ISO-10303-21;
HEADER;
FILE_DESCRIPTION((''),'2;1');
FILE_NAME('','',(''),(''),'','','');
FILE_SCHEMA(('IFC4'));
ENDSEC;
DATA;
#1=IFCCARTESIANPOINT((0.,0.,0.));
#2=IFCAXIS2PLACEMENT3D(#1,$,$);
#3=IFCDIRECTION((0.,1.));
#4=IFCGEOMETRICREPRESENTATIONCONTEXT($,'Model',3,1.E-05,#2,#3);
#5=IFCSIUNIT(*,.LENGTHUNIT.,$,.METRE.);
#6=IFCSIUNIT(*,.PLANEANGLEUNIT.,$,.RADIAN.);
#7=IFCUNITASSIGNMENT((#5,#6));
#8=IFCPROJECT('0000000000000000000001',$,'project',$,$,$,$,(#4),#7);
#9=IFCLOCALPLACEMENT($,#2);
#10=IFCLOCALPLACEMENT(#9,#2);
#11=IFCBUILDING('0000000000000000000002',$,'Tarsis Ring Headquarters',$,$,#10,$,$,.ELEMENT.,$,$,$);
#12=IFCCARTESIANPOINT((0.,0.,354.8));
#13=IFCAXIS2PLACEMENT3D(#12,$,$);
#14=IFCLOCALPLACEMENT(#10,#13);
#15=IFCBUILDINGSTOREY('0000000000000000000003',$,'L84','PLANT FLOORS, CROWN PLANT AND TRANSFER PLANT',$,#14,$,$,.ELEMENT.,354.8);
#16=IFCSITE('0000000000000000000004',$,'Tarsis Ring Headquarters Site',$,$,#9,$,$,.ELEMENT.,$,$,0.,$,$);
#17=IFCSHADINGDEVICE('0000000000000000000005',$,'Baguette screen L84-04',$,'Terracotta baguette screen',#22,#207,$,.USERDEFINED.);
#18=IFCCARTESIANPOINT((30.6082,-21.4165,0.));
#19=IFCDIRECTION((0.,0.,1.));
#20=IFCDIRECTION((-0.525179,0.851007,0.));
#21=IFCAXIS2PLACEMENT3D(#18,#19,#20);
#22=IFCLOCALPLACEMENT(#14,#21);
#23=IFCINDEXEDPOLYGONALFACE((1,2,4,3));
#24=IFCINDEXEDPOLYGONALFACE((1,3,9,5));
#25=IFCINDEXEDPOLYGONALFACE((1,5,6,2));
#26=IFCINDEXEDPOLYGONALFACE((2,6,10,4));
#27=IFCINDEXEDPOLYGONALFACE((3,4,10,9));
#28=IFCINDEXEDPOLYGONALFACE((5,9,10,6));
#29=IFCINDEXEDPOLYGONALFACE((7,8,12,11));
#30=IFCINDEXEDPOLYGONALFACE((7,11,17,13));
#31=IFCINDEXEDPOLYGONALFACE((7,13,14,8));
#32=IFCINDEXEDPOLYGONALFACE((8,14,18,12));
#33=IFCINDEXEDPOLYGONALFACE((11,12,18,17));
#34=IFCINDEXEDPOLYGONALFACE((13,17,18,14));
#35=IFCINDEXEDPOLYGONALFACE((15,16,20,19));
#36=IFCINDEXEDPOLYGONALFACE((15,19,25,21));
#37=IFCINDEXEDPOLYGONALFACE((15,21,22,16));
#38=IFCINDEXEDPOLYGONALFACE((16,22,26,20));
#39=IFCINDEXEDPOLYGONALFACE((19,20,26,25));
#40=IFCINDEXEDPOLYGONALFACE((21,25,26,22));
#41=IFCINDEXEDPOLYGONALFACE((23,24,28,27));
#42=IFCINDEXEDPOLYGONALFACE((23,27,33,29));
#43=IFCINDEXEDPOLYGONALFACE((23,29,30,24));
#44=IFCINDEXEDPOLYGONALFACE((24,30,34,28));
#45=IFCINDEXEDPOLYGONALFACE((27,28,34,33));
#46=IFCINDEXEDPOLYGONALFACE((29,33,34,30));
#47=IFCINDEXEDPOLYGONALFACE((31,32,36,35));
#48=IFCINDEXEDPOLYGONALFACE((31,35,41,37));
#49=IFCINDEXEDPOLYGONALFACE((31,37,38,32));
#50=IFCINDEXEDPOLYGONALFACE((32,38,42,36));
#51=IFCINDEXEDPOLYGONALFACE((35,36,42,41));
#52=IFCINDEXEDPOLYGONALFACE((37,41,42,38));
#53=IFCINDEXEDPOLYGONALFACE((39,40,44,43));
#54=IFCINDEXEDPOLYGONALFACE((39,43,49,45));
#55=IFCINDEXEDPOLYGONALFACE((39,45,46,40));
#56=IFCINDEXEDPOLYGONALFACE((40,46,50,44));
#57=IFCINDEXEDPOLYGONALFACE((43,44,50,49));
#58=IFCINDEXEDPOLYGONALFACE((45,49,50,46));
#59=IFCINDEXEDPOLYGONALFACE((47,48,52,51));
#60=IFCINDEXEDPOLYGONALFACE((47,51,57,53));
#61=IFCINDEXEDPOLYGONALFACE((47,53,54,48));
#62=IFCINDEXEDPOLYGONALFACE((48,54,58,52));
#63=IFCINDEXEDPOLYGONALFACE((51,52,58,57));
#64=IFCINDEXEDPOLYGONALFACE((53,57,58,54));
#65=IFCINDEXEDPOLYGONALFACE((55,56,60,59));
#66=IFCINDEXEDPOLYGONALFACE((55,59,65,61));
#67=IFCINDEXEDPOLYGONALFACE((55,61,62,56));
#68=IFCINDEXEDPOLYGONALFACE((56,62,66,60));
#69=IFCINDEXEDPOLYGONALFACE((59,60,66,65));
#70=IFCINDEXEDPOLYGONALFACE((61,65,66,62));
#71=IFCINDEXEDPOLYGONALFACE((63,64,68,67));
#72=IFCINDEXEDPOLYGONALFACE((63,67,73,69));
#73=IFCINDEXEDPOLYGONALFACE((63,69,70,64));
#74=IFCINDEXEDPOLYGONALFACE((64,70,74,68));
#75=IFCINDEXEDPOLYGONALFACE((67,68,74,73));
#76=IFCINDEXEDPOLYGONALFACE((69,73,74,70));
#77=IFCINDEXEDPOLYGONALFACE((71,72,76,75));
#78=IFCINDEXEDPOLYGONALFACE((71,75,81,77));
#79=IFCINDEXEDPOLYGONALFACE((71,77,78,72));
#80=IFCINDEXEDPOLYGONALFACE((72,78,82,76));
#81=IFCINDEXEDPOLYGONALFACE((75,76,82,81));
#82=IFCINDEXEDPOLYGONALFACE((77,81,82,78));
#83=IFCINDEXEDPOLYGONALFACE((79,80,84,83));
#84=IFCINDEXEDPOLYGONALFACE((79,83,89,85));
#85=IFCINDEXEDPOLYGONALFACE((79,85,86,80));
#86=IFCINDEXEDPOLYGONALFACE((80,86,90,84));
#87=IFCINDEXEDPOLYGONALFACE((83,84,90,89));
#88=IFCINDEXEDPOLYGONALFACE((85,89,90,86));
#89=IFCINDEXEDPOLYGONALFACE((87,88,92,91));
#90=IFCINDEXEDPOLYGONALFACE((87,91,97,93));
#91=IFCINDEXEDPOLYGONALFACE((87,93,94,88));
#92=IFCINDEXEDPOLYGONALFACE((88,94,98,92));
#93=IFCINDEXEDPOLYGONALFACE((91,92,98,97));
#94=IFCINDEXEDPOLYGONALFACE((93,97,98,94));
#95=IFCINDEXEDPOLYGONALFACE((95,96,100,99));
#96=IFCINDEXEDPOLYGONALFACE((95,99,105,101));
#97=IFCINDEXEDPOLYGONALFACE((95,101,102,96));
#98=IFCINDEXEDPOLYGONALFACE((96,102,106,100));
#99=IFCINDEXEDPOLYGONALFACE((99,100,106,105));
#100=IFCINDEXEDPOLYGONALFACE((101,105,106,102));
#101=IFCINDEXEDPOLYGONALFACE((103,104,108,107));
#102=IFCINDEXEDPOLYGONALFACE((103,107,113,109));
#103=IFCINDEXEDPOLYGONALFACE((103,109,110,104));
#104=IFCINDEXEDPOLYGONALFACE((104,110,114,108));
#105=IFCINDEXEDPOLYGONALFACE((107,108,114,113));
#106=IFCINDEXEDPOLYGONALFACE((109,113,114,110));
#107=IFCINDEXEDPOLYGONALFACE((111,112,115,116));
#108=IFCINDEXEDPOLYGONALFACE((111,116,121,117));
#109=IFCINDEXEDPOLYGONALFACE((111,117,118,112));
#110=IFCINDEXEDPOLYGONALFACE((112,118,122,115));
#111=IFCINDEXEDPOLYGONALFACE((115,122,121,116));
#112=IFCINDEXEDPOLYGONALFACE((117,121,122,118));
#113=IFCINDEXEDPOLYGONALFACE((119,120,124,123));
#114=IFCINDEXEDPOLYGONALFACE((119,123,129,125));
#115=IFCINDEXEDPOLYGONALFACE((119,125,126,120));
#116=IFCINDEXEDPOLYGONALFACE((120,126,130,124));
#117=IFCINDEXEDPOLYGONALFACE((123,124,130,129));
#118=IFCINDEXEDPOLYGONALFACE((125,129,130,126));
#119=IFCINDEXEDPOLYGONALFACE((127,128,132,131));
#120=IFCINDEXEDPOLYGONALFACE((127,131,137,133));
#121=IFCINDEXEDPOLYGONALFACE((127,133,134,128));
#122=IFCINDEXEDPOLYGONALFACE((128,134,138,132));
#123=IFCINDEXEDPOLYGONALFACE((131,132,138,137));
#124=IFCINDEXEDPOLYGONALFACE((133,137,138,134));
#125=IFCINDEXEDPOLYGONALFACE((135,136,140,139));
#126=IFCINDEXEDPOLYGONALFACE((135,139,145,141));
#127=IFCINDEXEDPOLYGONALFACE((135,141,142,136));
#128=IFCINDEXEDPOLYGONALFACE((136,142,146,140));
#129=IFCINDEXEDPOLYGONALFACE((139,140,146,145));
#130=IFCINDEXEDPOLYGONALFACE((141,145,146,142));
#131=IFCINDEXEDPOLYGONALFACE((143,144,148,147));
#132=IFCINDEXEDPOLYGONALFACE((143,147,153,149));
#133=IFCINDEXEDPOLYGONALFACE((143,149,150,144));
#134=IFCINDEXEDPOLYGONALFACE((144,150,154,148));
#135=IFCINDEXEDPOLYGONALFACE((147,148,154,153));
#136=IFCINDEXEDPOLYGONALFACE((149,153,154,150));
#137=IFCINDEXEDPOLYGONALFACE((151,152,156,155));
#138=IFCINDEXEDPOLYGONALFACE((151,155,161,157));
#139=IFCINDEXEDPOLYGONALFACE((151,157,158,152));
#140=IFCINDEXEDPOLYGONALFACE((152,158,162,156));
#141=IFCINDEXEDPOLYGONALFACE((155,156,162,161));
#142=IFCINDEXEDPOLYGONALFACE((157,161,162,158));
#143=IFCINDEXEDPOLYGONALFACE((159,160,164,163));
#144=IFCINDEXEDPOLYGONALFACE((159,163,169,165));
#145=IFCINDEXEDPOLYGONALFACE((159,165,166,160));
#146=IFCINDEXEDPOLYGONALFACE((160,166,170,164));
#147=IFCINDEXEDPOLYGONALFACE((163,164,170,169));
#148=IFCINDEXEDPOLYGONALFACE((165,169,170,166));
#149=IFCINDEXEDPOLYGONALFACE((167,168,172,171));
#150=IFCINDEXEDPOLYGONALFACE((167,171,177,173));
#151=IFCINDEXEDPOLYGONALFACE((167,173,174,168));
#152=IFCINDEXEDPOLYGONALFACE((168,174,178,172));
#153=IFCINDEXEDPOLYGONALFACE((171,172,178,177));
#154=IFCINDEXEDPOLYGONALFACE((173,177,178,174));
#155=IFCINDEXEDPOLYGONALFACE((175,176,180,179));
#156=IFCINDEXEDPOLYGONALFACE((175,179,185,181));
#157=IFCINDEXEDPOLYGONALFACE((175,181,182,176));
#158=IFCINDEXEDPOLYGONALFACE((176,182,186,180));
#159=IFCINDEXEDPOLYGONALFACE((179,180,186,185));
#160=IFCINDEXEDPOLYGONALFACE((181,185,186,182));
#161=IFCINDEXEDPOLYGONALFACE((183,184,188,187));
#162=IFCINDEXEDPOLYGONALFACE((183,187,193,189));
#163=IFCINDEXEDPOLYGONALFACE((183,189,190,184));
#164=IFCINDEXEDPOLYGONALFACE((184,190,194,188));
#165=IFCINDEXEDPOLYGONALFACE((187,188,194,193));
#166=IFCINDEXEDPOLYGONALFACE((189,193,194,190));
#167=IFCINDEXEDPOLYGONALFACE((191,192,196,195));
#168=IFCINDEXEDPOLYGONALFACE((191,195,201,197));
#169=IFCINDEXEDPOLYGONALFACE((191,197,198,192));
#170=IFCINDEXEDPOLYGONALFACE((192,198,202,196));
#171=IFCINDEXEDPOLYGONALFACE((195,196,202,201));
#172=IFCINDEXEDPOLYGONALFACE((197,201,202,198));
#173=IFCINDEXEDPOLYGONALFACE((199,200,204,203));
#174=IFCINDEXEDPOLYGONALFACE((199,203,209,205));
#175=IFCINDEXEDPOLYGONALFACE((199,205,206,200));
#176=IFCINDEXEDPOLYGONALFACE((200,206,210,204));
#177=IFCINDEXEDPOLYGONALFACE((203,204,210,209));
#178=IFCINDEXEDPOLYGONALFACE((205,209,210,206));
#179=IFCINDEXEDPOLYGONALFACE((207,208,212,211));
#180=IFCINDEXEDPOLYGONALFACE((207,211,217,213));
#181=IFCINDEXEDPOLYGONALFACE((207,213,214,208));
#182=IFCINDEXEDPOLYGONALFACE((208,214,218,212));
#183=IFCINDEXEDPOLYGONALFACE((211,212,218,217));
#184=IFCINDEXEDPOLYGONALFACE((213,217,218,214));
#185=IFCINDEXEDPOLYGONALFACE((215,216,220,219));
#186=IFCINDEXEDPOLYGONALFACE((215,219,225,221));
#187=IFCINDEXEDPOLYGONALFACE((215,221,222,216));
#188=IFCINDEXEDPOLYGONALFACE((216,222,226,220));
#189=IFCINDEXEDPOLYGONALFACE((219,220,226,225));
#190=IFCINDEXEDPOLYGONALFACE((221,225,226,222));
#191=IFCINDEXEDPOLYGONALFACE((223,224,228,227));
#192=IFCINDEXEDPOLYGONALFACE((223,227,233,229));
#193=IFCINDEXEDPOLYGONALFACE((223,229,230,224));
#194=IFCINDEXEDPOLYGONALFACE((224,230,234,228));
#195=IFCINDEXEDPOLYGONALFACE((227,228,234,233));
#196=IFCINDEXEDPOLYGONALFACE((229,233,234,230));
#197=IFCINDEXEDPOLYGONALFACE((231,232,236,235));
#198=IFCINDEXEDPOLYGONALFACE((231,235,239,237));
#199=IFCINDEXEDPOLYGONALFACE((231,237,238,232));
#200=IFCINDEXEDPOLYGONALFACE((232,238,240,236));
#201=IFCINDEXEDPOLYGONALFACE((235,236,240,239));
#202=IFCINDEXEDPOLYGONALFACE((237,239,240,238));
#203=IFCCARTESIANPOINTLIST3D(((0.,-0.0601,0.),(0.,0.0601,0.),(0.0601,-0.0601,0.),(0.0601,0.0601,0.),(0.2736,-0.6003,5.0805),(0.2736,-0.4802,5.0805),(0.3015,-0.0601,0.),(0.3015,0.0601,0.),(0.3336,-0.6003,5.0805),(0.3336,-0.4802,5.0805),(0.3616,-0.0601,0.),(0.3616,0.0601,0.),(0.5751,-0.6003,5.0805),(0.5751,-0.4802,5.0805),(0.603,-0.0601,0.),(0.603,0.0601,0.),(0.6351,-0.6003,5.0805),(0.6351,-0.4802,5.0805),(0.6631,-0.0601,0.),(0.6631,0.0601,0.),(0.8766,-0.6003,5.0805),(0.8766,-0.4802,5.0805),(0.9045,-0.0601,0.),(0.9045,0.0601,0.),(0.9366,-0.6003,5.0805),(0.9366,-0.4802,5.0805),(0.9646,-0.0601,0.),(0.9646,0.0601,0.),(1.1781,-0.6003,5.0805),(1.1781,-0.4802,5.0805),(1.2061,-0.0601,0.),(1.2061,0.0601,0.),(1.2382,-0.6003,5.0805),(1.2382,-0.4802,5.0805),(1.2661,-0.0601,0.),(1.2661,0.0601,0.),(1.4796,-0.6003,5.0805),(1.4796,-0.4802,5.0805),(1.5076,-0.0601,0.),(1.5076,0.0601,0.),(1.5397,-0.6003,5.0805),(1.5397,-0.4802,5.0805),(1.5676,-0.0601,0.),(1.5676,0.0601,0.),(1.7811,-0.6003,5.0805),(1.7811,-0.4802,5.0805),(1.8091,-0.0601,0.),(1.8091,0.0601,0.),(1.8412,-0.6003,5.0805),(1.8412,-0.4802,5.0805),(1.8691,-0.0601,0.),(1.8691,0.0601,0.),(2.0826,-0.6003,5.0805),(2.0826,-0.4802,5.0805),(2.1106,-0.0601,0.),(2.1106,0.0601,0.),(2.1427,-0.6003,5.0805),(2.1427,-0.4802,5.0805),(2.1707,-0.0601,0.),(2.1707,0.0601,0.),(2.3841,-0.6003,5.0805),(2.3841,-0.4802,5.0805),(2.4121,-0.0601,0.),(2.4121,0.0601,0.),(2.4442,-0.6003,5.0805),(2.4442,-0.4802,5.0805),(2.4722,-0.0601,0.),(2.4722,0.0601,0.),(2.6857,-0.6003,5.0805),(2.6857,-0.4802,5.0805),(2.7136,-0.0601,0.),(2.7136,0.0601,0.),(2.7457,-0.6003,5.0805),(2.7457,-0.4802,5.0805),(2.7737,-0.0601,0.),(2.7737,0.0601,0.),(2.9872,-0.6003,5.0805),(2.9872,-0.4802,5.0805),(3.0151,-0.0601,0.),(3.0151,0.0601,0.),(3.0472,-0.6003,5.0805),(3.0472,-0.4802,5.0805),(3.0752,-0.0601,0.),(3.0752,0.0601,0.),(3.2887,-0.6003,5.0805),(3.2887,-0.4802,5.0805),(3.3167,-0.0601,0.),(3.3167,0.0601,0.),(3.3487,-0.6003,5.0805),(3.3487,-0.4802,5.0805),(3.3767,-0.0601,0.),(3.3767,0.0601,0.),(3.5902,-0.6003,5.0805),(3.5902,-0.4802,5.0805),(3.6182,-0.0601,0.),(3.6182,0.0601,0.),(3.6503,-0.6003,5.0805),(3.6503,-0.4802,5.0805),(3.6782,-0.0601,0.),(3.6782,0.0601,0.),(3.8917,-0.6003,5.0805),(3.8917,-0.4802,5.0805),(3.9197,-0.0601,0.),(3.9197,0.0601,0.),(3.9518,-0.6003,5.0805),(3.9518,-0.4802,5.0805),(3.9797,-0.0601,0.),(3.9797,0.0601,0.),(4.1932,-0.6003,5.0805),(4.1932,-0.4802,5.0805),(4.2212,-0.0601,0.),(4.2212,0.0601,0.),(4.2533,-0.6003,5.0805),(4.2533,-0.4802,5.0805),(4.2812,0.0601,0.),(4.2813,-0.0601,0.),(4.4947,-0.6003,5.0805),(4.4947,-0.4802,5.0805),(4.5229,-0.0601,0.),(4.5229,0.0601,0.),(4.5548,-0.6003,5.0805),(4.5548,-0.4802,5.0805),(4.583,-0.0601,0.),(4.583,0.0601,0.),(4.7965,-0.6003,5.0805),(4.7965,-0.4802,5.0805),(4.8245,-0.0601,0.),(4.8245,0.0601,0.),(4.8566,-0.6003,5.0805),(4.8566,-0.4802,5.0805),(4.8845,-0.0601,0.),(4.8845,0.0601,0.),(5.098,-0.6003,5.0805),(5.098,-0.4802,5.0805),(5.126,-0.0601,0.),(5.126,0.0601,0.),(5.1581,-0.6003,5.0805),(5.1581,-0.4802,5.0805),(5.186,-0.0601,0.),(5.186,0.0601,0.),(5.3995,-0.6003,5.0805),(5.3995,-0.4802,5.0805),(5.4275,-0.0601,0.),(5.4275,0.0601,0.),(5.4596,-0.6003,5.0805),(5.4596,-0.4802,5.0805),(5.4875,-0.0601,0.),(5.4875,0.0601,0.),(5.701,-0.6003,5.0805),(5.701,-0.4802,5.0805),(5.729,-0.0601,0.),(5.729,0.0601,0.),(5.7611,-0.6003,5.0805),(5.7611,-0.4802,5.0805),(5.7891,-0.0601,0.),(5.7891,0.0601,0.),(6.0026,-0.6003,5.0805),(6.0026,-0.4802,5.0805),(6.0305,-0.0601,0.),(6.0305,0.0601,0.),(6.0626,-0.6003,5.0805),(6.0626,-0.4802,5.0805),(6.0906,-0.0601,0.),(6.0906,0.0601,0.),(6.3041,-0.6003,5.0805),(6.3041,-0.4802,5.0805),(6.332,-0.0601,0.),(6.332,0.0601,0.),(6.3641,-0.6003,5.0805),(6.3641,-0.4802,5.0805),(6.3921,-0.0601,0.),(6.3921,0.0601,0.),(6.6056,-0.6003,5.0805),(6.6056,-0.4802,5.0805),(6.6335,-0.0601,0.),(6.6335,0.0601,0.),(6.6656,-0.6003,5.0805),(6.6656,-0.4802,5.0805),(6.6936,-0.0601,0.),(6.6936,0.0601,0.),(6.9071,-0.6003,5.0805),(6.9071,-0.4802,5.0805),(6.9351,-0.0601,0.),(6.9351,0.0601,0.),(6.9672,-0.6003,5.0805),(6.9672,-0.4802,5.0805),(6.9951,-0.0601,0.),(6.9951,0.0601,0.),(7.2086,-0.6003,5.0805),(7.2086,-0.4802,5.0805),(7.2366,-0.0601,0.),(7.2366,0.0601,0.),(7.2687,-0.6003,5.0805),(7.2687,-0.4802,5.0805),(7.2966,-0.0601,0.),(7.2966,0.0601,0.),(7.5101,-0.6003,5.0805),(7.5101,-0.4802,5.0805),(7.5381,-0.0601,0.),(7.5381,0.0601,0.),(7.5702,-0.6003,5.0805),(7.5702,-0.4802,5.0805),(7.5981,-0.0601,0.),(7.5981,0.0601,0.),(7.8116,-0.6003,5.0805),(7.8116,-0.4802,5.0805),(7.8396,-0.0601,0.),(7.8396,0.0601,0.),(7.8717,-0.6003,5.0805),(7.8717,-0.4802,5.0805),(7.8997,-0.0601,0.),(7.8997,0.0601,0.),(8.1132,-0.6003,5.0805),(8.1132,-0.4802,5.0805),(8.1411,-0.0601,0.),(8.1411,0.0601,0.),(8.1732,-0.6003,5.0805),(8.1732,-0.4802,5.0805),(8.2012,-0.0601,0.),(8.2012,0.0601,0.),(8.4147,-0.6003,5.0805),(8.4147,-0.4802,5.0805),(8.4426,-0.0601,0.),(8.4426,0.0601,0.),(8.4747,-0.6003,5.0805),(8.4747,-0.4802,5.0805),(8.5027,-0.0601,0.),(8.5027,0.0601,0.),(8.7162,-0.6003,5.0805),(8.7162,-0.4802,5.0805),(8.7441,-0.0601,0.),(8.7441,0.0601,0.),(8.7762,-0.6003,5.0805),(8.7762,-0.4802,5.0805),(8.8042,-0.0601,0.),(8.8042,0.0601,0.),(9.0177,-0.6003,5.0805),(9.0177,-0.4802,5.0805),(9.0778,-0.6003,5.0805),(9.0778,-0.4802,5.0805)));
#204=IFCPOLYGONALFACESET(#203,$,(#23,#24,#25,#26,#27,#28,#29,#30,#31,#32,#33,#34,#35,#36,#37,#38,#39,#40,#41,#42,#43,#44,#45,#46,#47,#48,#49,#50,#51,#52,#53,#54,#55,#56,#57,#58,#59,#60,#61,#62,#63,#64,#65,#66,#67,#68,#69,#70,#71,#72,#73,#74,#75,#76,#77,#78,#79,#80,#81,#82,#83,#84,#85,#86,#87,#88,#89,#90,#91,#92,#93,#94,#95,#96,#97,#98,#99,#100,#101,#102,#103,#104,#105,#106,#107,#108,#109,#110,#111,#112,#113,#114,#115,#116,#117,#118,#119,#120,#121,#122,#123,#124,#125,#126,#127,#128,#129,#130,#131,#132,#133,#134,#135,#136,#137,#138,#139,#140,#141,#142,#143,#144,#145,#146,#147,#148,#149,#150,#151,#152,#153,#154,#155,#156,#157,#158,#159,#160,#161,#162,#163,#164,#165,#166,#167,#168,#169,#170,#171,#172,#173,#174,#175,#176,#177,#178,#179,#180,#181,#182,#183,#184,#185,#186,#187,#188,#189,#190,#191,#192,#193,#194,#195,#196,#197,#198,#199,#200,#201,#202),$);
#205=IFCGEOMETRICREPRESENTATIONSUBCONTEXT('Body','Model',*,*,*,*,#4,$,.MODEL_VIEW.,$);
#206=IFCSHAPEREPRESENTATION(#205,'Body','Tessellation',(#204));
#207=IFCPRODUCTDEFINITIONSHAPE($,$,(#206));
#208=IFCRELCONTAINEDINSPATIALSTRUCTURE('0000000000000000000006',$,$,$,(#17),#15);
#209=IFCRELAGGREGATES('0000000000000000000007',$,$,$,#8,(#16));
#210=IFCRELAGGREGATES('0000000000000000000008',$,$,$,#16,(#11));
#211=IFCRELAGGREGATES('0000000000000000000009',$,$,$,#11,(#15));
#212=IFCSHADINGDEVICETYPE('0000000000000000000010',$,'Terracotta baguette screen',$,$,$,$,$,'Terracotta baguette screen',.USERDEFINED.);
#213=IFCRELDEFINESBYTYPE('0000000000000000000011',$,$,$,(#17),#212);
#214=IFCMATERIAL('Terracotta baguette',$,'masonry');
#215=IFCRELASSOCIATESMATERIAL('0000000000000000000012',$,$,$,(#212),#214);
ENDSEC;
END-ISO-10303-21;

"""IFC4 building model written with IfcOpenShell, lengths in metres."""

from ifc_helpers import new_model, si_unit, direction, frame, frame_2d, origin, place, context, subcontext, project, spatial, rectangle, composite_profile, extrude, material, type_object, element, save


model = new_model("IFC4")

# Units and contexts
model_context = context("Model", 3, precision=1e-05, world=origin(), true_north=direction((0.0, 1.0)))
body_context = subcontext(model_context, "Body", "Model", "MODEL_VIEW")
ifc_project = project(units=[si_unit("LENGTHUNIT", "METRE"), si_unit("PLANEANGLEUNIT", "RADIAN")], contexts=[model_context])

# Site, building, storey
site_placement = place(None, origin())
site = spatial("IfcSite", under=ifc_project, at=site_placement, Name="Tarsis Ring Headquarters Site", CompositionType="ELEMENT", RefElevation=0.0)
building_placement = place(site_placement, origin())
building = spatial("IfcBuilding", under=site, at=building_placement, Name="Tarsis Ring Headquarters", CompositionType="ELEMENT")
storey_placement = place(building_placement, frame((0.0, 0.0, 354.8)))
storey = spatial("IfcBuildingStorey", under=building, at=storey_placement, Name="L84", Description="PLANT FLOORS, CROWN PLANT AND TRANSFER PLANT", CompositionType="ELEMENT", Elevation=354.8)

# Shading device
ifc_material_1 = material(Name="Terracotta baguette", Category="masonry")
shading_device_type_1 = type_object("IfcShadingDeviceType", Name="Terracotta baguette screen", ElementType="Terracotta baguette screen", PredefinedType="USERDEFINED", material=ifc_material_1)
shading_device_1_placement = place(storey_placement, frame((30.6082, -21.4165, 0.0), z_axis=(0.0, 0.0, 1.0), x_axis=(-0.525179, 0.851007, 0.0)))
element("IfcShadingDevice", 1, at=shading_device_1_placement, inside=storey, type_object=shading_device_type_1, Name="Baguette screen L84-04", ObjectType="Terracotta baguette screen", PredefinedType="USERDEFINED", context=body_context, shape_type="SweptSolid", body=[
    extrude(composite_profile([rectangle(XDim=0.0601, YDim=0.1201, at=frame_2d((0.03, 0.0))), rectangle(XDim=0.0601, YDim=0.1201, at=frame_2d((0.3315, 0.0))), rectangle(XDim=0.0601, YDim=0.1201, at=frame_2d((0.6331, 0.0))), rectangle(XDim=0.0601, YDim=0.1201, at=frame_2d((0.9346, 0.0))), rectangle(XDim=0.0601, YDim=0.1201, at=frame_2d((1.2361, 0.0))), rectangle(XDim=0.0601, YDim=0.1201, at=frame_2d((1.5376, 0.0))), rectangle(XDim=0.0601, YDim=0.1201, at=frame_2d((1.8391, 0.0))), rectangle(XDim=0.0601, YDim=0.1201, at=frame_2d((2.1406, 0.0))), rectangle(XDim=0.0601, YDim=0.1201, at=frame_2d((2.4421, 0.0))), rectangle(XDim=0.0601, YDim=0.1201, at=frame_2d((2.7437, 0.0))), rectangle(XDim=0.0601, YDim=0.1201, at=frame_2d((3.0452, 0.0))), rectangle(XDim=0.0601, YDim=0.1201, at=frame_2d((3.3467, 0.0))), rectangle(XDim=0.0601, YDim=0.1201, at=frame_2d((3.6482, 0.0))), rectangle(XDim=0.0601, YDim=0.1201, at=frame_2d((3.9497, 0.0))), rectangle(XDim=0.0601, YDim=0.1201, at=frame_2d((4.2512, 0.0))), rectangle(XDim=0.0601, YDim=0.1201, at=frame_2d((4.553, 0.0))), rectangle(XDim=0.0601, YDim=0.1201, at=frame_2d((4.8545, 0.0))), rectangle(XDim=0.0601, YDim=0.1201, at=frame_2d((5.156, 0.0))), rectangle(XDim=0.0601, YDim=0.1201, at=frame_2d((5.4575, 0.0))), rectangle(XDim=0.0601, YDim=0.1201, at=frame_2d((5.759, 0.0))), rectangle(XDim=0.0601, YDim=0.1201, at=frame_2d((6.0605, 0.0))), rectangle(XDim=0.0601, YDim=0.1201, at=frame_2d((6.3621, 0.0))), rectangle(XDim=0.0601, YDim=0.1201, at=frame_2d((6.6636, 0.0))), rectangle(XDim=0.0601, YDim=0.1201, at=frame_2d((6.9651, 0.0))), rectangle(XDim=0.0601, YDim=0.1201, at=frame_2d((7.2666, 0.0))), rectangle(XDim=0.0601, YDim=0.1201, at=frame_2d((7.5681, 0.0))), rectangle(XDim=0.0601, YDim=0.1201, at=frame_2d((7.8696, 0.0))), rectangle(XDim=0.0601, YDim=0.1201, at=frame_2d((8.1711, 0.0))), rectangle(XDim=0.0601, YDim=0.1201, at=frame_2d((8.4727, 0.0))), rectangle(XDim=0.0601, YDim=0.1201, at=frame_2d((8.7742, 0.0)))]), origin(), (0.053465, -0.105584, 0.992972), 5.1165),
])

save(model, "model.ifc")
